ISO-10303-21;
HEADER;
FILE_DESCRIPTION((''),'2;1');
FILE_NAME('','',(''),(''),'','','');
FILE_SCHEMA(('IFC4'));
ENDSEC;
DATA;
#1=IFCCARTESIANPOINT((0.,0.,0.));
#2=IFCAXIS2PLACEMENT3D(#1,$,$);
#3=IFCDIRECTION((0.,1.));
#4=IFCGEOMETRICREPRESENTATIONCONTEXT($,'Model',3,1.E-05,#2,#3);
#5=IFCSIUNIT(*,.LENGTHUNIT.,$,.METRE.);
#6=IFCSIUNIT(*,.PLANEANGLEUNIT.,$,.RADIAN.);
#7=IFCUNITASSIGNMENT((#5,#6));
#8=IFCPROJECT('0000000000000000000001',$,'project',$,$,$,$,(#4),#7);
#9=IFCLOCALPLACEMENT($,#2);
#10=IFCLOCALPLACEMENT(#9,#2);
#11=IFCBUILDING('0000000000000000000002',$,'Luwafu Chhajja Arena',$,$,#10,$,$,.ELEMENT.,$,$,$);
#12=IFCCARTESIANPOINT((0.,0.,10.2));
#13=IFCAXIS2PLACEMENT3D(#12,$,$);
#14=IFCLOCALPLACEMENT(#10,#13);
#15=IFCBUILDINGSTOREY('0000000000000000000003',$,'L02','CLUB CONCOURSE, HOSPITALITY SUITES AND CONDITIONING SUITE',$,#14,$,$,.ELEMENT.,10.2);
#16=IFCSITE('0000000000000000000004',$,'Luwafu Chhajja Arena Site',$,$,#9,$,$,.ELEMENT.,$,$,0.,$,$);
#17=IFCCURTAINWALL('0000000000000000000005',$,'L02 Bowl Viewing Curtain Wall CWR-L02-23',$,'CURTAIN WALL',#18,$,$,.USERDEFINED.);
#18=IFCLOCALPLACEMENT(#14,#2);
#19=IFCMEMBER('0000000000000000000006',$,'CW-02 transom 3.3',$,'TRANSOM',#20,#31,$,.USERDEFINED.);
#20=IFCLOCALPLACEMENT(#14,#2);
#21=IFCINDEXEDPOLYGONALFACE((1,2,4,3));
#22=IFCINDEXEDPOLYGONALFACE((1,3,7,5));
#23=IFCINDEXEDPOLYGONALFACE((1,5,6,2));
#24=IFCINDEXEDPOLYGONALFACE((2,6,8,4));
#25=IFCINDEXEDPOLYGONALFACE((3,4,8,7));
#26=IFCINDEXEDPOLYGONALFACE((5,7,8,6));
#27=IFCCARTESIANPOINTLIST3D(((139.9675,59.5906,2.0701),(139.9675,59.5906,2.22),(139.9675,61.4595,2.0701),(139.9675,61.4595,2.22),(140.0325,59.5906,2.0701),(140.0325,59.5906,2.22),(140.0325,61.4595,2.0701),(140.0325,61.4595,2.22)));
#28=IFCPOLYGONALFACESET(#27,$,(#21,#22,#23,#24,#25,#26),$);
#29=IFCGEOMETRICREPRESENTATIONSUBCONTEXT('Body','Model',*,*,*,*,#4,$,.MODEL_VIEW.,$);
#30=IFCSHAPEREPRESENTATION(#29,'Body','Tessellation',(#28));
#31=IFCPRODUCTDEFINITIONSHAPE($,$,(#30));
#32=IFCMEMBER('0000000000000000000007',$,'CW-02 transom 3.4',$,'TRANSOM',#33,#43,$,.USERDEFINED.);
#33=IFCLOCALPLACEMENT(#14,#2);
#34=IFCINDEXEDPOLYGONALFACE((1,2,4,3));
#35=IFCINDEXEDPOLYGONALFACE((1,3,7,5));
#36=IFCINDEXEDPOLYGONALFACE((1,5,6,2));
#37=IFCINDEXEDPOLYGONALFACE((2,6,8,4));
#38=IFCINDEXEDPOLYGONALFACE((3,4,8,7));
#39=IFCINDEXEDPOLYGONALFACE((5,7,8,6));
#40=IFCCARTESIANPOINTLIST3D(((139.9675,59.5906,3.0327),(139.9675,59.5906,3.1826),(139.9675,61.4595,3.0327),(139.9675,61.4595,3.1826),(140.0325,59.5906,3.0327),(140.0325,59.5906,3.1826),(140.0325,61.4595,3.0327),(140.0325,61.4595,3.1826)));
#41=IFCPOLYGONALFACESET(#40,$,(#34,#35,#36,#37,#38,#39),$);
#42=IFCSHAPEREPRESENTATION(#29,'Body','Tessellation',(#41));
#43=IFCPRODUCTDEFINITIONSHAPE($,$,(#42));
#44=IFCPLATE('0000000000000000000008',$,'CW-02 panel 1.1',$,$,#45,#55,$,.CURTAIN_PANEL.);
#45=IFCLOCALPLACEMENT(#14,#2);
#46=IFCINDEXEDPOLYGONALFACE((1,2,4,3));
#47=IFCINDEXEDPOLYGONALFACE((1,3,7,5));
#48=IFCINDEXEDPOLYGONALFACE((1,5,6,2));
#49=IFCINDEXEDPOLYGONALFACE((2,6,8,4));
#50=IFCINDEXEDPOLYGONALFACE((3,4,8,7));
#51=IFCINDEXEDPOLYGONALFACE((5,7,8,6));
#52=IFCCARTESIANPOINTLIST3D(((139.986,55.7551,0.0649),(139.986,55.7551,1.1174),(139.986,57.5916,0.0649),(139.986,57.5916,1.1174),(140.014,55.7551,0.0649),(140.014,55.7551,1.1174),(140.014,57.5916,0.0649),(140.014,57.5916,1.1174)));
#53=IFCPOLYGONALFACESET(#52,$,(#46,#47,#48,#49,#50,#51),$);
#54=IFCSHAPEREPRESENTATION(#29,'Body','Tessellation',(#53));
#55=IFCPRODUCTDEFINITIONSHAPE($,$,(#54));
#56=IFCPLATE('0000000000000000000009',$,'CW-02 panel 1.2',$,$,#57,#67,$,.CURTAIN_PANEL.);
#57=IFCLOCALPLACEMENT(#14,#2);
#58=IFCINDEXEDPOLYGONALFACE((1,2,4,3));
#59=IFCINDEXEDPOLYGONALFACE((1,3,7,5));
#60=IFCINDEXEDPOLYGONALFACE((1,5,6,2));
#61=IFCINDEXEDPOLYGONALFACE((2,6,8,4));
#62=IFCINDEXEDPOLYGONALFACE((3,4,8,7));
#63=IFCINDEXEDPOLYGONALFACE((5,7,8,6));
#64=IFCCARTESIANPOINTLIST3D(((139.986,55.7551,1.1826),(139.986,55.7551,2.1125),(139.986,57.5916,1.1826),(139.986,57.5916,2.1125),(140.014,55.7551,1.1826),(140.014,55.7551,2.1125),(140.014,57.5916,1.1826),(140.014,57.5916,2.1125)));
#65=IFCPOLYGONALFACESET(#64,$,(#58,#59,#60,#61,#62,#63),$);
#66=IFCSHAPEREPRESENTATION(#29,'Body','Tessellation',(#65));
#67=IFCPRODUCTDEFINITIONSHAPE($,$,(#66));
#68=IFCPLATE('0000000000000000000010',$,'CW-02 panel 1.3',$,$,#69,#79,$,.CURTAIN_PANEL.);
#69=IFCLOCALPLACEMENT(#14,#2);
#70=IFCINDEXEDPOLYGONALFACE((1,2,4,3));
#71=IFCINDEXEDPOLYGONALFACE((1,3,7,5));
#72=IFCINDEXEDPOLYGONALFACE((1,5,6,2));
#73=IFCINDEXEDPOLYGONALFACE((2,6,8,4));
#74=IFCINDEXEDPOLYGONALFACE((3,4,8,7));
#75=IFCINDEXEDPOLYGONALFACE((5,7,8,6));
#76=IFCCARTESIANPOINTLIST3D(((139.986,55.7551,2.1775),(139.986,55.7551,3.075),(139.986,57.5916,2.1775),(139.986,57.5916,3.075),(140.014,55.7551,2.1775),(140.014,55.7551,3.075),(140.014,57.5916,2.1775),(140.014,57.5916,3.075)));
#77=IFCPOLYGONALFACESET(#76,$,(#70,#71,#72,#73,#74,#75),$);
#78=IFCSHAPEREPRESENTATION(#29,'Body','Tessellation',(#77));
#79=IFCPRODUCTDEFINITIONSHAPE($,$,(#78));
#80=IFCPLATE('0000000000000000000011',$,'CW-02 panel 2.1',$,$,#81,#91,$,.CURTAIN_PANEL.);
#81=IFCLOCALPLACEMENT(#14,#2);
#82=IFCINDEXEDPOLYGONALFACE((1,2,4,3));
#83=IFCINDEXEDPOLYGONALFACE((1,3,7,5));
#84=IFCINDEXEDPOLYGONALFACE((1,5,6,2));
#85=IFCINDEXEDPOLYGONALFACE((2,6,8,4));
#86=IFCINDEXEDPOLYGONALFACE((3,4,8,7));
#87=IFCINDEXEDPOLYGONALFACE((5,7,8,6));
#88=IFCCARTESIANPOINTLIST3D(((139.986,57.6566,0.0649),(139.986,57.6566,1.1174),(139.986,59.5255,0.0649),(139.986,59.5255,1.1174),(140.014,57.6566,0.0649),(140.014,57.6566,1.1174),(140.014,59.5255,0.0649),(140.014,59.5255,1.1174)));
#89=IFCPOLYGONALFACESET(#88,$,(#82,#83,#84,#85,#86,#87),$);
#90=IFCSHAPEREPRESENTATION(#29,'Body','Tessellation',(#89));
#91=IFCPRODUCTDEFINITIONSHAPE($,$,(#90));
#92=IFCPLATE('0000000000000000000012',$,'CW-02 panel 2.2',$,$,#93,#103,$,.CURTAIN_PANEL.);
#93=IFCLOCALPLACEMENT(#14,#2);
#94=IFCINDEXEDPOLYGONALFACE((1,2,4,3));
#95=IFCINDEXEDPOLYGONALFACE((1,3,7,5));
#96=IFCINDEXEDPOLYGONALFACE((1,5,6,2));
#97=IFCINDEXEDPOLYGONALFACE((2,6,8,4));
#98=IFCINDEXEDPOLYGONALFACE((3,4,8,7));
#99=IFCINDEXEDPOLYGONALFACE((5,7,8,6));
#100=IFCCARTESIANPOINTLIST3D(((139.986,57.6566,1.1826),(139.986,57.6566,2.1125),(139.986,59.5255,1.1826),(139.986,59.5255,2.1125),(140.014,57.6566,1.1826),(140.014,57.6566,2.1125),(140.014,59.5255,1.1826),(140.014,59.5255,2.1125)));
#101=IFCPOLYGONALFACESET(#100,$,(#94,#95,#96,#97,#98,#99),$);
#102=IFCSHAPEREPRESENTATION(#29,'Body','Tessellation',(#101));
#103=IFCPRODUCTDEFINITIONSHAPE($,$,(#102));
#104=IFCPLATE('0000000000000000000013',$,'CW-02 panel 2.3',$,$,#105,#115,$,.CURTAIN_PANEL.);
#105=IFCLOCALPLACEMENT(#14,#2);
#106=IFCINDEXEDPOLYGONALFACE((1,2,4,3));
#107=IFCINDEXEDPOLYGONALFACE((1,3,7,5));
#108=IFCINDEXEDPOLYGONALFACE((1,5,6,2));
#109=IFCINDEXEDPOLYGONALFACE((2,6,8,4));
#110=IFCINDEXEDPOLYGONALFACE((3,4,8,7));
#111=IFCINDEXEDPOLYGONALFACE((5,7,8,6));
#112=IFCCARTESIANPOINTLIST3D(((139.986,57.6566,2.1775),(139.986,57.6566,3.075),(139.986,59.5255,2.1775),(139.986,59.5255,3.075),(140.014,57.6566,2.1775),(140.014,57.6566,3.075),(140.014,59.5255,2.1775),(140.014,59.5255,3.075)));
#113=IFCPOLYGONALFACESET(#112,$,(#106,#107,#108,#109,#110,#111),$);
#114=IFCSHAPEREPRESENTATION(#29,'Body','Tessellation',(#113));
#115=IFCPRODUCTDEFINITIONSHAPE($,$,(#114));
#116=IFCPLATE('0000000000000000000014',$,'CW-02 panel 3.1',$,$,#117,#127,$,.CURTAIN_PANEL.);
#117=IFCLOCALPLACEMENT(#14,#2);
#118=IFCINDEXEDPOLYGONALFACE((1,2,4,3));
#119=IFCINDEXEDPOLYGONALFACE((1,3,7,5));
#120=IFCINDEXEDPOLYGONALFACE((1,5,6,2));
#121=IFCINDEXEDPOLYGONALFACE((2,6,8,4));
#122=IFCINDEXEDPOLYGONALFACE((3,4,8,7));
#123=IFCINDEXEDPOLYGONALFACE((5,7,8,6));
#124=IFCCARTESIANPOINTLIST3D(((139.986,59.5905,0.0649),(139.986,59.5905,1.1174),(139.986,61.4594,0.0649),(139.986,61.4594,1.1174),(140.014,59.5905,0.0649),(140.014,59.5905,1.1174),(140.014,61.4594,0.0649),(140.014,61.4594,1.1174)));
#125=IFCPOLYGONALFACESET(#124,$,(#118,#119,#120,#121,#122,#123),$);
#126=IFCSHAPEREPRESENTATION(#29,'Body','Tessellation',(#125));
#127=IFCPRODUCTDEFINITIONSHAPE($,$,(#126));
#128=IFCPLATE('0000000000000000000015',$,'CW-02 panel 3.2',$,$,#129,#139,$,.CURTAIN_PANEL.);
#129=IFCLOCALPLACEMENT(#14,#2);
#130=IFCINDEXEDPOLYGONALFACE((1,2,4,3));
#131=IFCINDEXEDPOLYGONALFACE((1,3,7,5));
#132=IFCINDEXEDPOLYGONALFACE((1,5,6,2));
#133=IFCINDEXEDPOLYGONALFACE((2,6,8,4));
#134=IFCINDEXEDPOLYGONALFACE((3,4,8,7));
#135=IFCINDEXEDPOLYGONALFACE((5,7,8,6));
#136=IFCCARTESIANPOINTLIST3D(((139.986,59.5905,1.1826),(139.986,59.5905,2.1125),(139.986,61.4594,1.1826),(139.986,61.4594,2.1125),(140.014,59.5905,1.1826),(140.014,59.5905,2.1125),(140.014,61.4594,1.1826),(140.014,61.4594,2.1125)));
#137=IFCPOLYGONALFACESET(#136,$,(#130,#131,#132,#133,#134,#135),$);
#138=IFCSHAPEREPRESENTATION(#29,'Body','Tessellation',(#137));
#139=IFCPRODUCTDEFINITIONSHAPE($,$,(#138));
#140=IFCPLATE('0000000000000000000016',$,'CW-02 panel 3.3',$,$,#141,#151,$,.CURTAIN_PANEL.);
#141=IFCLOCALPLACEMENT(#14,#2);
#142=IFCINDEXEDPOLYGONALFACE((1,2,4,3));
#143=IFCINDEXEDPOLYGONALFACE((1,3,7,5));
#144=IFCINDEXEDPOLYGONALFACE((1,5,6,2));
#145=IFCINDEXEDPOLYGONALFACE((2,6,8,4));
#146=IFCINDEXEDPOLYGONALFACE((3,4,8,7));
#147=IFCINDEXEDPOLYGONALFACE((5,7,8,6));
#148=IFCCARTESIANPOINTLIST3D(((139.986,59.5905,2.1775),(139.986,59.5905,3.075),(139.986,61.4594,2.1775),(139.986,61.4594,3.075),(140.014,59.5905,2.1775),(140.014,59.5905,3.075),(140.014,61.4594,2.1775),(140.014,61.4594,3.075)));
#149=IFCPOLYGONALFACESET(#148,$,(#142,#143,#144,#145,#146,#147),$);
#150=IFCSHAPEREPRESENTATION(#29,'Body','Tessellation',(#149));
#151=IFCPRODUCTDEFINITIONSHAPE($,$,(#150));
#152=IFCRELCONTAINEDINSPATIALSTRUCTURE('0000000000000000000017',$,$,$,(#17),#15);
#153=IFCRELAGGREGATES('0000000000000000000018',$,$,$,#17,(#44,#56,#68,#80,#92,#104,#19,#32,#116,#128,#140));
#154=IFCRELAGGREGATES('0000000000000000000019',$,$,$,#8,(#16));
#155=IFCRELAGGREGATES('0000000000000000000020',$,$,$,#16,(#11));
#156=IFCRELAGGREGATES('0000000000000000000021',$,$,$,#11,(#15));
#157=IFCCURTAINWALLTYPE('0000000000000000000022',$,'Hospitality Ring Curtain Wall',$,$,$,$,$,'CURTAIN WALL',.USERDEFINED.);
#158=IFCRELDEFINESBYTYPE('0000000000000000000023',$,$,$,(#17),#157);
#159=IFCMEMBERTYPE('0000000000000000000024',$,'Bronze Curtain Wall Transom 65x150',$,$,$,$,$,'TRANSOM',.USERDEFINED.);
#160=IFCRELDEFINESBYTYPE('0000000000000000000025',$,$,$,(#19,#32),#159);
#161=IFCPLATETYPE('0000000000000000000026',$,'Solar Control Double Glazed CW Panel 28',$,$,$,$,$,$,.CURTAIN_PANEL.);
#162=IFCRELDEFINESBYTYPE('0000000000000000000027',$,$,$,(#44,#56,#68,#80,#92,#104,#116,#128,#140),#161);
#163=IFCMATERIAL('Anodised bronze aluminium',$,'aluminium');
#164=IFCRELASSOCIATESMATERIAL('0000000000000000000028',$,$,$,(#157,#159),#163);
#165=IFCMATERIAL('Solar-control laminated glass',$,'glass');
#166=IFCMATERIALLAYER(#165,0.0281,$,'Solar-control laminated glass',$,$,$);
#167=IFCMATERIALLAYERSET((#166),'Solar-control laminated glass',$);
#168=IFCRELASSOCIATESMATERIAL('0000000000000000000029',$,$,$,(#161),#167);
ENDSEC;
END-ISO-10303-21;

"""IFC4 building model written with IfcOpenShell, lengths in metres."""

from ifc_helpers import new_model, si_unit, direction, frame, origin, origin_2d, place, context, subcontext, project, spatial, rectangle, extrude, material, layer, layer_set, material_profile, profile_set, type_object, element, aggregate, save


model = new_model("IFC4")

# Units and contexts
model_context = context("Model", 3, precision=1e-05, world=origin(), true_north=direction((0.0, 1.0)))
body_context = subcontext(model_context, "Body", "Model", "MODEL_VIEW")
ifc_project = project(units=[si_unit("LENGTHUNIT", "METRE"), si_unit("PLANEANGLEUNIT", "RADIAN")], contexts=[model_context])

# Site, building, storey
site_placement = place(None, origin())
site = spatial("IfcSite", under=ifc_project, at=site_placement, Name="Luwafu Chhajja Arena Site", CompositionType="ELEMENT", RefElevation=0.0)
building_placement = place(site_placement, origin())
building = spatial("IfcBuilding", under=site, at=building_placement, Name="Luwafu Chhajja Arena", CompositionType="ELEMENT")
storey_placement = place(building_placement, frame((0.0, 0.0, 10.2)))
storey = spatial("IfcBuildingStorey", under=building, at=storey_placement, Name="L02", Description="CLUB CONCOURSE, HOSPITALITY SUITES AND CONDITIONING SUITE", CompositionType="ELEMENT", Elevation=10.2)

# Curtain wall, members, plates
ifc_material_1 = material(Name="Anodised bronze aluminium", Category="aluminium")
curtain_wall_type = type_object("IfcCurtainWallType", Name="Hospitality Ring Curtain Wall", ElementType="CURTAIN WALL", PredefinedType="USERDEFINED", material=ifc_material_1)
curtain_wall_placement = place(storey_placement, origin())
curtain_wall = element("IfcCurtainWall", 1, at=curtain_wall_placement, inside=storey, type_object=curtain_wall_type, Name="L02 Bowl Viewing Curtain Wall CWR-L02-23", ObjectType="CURTAIN WALL", PredefinedType="USERDEFINED")
ifc_material_profile_1 = material_profile(ifc_material_1, rectangle(XDim=0.0649, YDim=0.1499, at=origin_2d()), Name="CWT 65x150")
ifc_profile_set_1 = profile_set([ifc_material_profile_1], Name="Anodised bronze aluminium")
member_type_1 = type_object("IfcMemberType", Name="Bronze Curtain Wall Transom 65x150", ElementType="TRANSOM", PredefinedType="USERDEFINED", material=ifc_profile_set_1)
member_1_placement = place(storey_placement, frame((140.0, 59.5906, 2.145), z_axis=(0.0, 1.0, 0.0), x_axis=(-1.0, 0.0, 0.0)))
member_1 = element("IfcMember", 2, at=member_1_placement, type_object=member_type_1, Name="CW-02 transom 3.3", ObjectType="TRANSOM", PredefinedType="USERDEFINED", context=body_context, shape_type="SweptSolid", body=[
    extrude(rectangle(XDim=0.0649, YDim=0.1499, at=origin_2d()), origin(), (0.0, 0.0, 1.0), 1.8689),
])
member_2_placement = place(storey_placement, frame((140.0, 59.5906, 3.1077), z_axis=(0.0, 1.0, 0.0), x_axis=(-1.0, 0.0, 0.0)))
member_2 = element("IfcMember", 3, at=member_2_placement, type_object=member_type_1, Name="CW-02 transom 3.4", ObjectType="TRANSOM", PredefinedType="USERDEFINED", context=body_context, shape_type="SweptSolid", body=[
    extrude(rectangle(XDim=0.0649, YDim=0.1499, at=origin_2d()), origin(), (0.0, 0.0, 1.0), 1.8689),
])
ifc_material_2 = material(Name="Solar-control laminated glass", Category="glass")
ifc_layer = layer(ifc_material_2, 0.0281, Name="Solar-control laminated glass")
ifc_layer_set = layer_set([ifc_layer], Name="Solar-control laminated glass")
plate_type = type_object("IfcPlateType", Name="Solar Control Double Glazed CW Panel 28", PredefinedType="CURTAIN_PANEL", material=ifc_layer_set)
plate_1_placement = place(storey_placement, frame((140.0, 56.6733, 0.0649), z_axis=(0.0, 0.0, 1.0), x_axis=(0.0, 1.0, 0.0)))
plate_1 = element("IfcPlate", 4, at=plate_1_placement, type_object=plate_type, Name="CW-02 panel 1.1", PredefinedType="CURTAIN_PANEL", context=body_context, shape_type="SweptSolid", body=[
    extrude(rectangle(XDim=1.8364, YDim=0.0281, at=origin_2d()), origin(), (0.0, 0.0, 1.0), 1.0525),
])
plate_2_placement = place(storey_placement, frame((140.0, 56.6733, 1.1826), z_axis=(0.0, 0.0, 1.0), x_axis=(0.0, 1.0, 0.0)))
plate_2 = element("IfcPlate", 5, at=plate_2_placement, type_object=plate_type, Name="CW-02 panel 1.2", PredefinedType="CURTAIN_PANEL", context=body_context, shape_type="SweptSolid", body=[
    extrude(rectangle(XDim=1.8364, YDim=0.0281, at=origin_2d()), origin(), (0.0, 0.0, 1.0), 0.9299),
])
plate_3_placement = place(storey_placement, frame((140.0, 56.6733, 2.1775), z_axis=(0.0, 0.0, 1.0), x_axis=(0.0, 1.0, 0.0)))
plate_3 = element("IfcPlate", 6, at=plate_3_placement, type_object=plate_type, Name="CW-02 panel 1.3", PredefinedType="CURTAIN_PANEL", context=body_context, shape_type="SweptSolid", body=[
    extrude(rectangle(XDim=1.8364, YDim=0.0281, at=origin_2d()), origin(), (0.0, 0.0, 1.0), 0.8975),
])
plate_4_placement = place(storey_placement, frame((140.0, 58.5911, 0.0649), z_axis=(0.0, 0.0, 1.0), x_axis=(0.0, 1.0, 0.0)))
plate_4 = element("IfcPlate", 7, at=plate_4_placement, type_object=plate_type, Name="CW-02 panel 2.1", PredefinedType="CURTAIN_PANEL", context=body_context, shape_type="SweptSolid", body=[
    extrude(rectangle(XDim=1.8689, YDim=0.0281, at=origin_2d()), origin(), (0.0, 0.0, 1.0), 1.0525),
])
plate_5_placement = place(storey_placement, frame((140.0, 58.5911, 1.1826), z_axis=(0.0, 0.0, 1.0), x_axis=(0.0, 1.0, 0.0)))
plate_5 = element("IfcPlate", 8, at=plate_5_placement, type_object=plate_type, Name="CW-02 panel 2.2", PredefinedType="CURTAIN_PANEL", context=body_context, shape_type="SweptSolid", body=[
    extrude(rectangle(XDim=1.8689, YDim=0.0281, at=origin_2d()), origin(), (0.0, 0.0, 1.0), 0.9299),
])
plate_6_placement = place(storey_placement, frame((140.0, 58.5911, 2.1775), z_axis=(0.0, 0.0, 1.0), x_axis=(0.0, 1.0, 0.0)))
plate_6 = element("IfcPlate", 9, at=plate_6_placement, type_object=plate_type, Name="CW-02 panel 2.3", PredefinedType="CURTAIN_PANEL", context=body_context, shape_type="SweptSolid", body=[
    extrude(rectangle(XDim=1.8689, YDim=0.0281, at=origin_2d()), origin(), (0.0, 0.0, 1.0), 0.8975),
])
plate_7_placement = place(storey_placement, frame((140.0, 60.5249, 0.0649), z_axis=(0.0, 0.0, 1.0), x_axis=(0.0, 1.0, 0.0)))
plate_7 = element("IfcPlate", 10, at=plate_7_placement, type_object=plate_type, Name="CW-02 panel 3.1", PredefinedType="CURTAIN_PANEL", context=body_context, shape_type="SweptSolid", body=[
    extrude(rectangle(XDim=1.8689, YDim=0.0281, at=origin_2d()), origin(), (0.0, 0.0, 1.0), 1.0525),
])
plate_8_placement = place(storey_placement, frame((140.0, 60.5249, 1.1826), z_axis=(0.0, 0.0, 1.0), x_axis=(0.0, 1.0, 0.0)))
plate_8 = element("IfcPlate", 11, at=plate_8_placement, type_object=plate_type, Name="CW-02 panel 3.2", PredefinedType="CURTAIN_PANEL", context=body_context, shape_type="SweptSolid", body=[
    extrude(rectangle(XDim=1.8689, YDim=0.0281, at=origin_2d()), origin(), (0.0, 0.0, 1.0), 0.9299),
])
plate_9_placement = place(storey_placement, frame((140.0, 60.5249, 2.1775), z_axis=(0.0, 0.0, 1.0), x_axis=(0.0, 1.0, 0.0)))
plate_9 = element("IfcPlate", 12, at=plate_9_placement, type_object=plate_type, Name="CW-02 panel 3.3", PredefinedType="CURTAIN_PANEL", context=body_context, shape_type="SweptSolid", body=[
    extrude(rectangle(XDim=1.8689, YDim=0.0281, at=origin_2d()), origin(), (0.0, 0.0, 1.0), 0.8975),
])
aggregate(curtain_wall, [plate_1, plate_2, plate_3, plate_4, plate_5, plate_6, member_1, member_2, plate_7, plate_8, plate_9])

save(model, "model.ifc")
